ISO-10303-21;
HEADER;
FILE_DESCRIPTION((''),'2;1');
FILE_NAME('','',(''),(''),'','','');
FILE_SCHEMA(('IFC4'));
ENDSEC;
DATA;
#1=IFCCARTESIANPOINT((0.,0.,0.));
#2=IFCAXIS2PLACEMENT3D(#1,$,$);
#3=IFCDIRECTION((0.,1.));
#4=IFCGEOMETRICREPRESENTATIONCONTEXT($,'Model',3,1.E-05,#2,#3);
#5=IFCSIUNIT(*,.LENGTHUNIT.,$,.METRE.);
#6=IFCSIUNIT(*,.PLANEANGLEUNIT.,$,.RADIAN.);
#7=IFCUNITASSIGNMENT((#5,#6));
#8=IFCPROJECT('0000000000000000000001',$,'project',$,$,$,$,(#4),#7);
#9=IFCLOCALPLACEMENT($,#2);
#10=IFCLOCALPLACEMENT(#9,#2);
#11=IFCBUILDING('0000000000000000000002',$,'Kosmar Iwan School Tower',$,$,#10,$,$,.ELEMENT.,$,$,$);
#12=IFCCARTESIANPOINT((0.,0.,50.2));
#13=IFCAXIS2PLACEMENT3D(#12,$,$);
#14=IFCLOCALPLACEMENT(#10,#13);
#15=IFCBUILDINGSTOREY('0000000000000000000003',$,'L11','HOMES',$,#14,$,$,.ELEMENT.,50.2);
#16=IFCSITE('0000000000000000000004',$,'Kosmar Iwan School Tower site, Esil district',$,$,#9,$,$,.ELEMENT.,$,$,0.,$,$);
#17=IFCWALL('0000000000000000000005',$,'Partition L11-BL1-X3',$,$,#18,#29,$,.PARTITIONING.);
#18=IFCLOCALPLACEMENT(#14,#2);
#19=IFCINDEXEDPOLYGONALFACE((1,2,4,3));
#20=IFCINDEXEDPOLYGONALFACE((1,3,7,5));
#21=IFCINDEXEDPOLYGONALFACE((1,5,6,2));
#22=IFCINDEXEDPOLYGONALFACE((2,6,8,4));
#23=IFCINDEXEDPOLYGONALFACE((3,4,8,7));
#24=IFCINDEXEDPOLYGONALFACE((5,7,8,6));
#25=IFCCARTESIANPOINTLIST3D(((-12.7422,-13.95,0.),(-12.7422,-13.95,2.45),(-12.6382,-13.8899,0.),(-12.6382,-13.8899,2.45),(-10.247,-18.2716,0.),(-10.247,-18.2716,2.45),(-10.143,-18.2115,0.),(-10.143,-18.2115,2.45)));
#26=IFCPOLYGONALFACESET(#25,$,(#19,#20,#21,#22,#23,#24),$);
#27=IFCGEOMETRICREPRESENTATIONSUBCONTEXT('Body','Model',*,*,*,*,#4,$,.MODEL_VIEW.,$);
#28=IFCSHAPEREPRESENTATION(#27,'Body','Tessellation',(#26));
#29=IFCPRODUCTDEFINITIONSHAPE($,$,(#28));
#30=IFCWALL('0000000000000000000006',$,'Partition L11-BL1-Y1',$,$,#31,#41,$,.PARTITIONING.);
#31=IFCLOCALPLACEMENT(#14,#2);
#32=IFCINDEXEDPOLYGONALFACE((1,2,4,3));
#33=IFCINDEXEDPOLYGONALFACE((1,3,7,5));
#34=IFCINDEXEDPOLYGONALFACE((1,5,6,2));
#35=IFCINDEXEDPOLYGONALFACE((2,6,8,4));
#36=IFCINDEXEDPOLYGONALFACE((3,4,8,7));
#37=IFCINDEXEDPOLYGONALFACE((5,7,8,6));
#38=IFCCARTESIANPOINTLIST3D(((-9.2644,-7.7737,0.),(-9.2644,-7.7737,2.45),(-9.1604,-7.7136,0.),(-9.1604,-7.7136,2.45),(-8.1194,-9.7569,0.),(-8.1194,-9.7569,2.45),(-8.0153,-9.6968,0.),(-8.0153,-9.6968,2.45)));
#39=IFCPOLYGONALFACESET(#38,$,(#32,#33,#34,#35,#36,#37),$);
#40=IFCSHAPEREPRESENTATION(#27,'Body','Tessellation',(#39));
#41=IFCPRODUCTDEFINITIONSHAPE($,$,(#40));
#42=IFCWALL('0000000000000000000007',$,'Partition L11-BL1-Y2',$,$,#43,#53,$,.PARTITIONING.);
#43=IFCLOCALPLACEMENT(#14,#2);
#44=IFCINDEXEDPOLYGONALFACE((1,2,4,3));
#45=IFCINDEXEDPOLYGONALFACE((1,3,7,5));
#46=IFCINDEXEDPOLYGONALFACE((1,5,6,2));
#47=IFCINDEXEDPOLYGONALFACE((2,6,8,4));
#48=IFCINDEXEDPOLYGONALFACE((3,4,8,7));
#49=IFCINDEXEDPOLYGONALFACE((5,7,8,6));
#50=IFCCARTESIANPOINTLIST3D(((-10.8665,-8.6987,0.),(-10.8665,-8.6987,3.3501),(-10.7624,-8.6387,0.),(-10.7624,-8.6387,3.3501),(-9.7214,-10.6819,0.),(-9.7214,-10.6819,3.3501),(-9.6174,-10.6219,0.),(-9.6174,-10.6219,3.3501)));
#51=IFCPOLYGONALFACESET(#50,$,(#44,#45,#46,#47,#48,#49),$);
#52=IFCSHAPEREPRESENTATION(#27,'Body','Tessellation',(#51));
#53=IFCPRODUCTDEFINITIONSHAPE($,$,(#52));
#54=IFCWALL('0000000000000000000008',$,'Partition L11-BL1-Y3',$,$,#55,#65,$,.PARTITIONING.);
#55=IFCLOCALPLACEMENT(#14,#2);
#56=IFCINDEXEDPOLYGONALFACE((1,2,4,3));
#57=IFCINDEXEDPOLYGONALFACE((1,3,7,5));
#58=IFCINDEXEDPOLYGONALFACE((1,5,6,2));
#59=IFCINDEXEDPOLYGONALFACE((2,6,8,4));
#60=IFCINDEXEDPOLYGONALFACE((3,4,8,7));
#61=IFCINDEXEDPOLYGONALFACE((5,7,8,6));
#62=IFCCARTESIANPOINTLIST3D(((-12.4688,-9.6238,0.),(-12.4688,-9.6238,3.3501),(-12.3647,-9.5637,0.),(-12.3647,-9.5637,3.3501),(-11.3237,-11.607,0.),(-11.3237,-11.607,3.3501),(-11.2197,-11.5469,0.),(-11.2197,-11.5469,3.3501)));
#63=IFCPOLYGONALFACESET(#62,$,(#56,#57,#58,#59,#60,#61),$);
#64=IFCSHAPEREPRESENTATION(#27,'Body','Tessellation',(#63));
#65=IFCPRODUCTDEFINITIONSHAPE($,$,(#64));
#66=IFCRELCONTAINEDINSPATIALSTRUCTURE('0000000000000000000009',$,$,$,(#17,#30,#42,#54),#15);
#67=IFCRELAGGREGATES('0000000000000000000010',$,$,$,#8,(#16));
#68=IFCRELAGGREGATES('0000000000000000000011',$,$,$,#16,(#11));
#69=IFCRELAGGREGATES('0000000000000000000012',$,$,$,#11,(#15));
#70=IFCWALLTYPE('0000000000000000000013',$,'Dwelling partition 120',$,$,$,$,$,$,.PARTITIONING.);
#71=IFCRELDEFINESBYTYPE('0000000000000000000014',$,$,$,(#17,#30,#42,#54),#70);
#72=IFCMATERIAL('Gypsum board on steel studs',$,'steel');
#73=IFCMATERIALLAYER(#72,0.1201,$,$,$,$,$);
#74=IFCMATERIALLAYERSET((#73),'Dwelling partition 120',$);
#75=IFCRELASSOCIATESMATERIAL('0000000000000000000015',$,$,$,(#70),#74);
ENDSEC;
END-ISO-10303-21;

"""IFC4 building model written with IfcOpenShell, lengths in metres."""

from ifc_helpers import new_model, si_unit, direction, frame, frame_2d, origin, place, context, subcontext, project, spatial, rectangle, extrude, material, layer, layer_set, type_object, element, save


model = new_model("IFC4")

# Units and contexts
model_context = context("Model", 3, precision=1e-05, world=origin(), true_north=direction((0.0, 1.0)))
body_context = subcontext(model_context, "Body", "Model", "MODEL_VIEW")
ifc_project = project(units=[si_unit("LENGTHUNIT", "METRE"), si_unit("PLANEANGLEUNIT", "RADIAN")], contexts=[model_context])

# Site, building, storey
site_placement = place(None, origin())
site = spatial("IfcSite", under=ifc_project, at=site_placement, Name="Kosmar Iwan School Tower site, Esil district", CompositionType="ELEMENT", RefElevation=0.0)
building_placement = place(site_placement, origin())
building = spatial("IfcBuilding", under=site, at=building_placement, Name="Kosmar Iwan School Tower", CompositionType="ELEMENT")
storey_placement = place(building_placement, frame((0.0, 0.0, 50.2)))
storey = spatial("IfcBuildingStorey", under=building, at=storey_placement, Name="L11", Description="HOMES", CompositionType="ELEMENT", Elevation=50.2)

# Shared definitions
ifc_material_1 = material(Name="Gypsum board on steel studs", Category="steel")
ifc_layer_1 = layer(ifc_material_1, 0.1201)
ifc_layer_set_1 = layer_set([ifc_layer_1], Name="Dwelling partition 120")
wall_type_1 = type_object("IfcWallType", Name="Dwelling partition 120", PredefinedType="PARTITIONING", material=ifc_layer_set_1)

# Walls
wall_1_placement = place(storey_placement, frame((-12.6902, -13.9199, 0.0), z_axis=(0.0, 0.0, 1.0), x_axis=(0.500012, -0.866019, 0.0)))
element("IfcWall", 1, at=wall_1_placement, inside=storey, type_object=wall_type_1, Name="Partition L11-BL1-X3", PredefinedType="PARTITIONING", context=body_context, shape_type="SweptSolid", body=[
    extrude(rectangle(XDim=4.9902, YDim=0.1201, at=frame_2d((2.4951, 0.0))), origin(), (0.0, 0.0, 1.0), 2.45),
])
wall_2_placement = place(storey_placement, frame((-9.2124, -7.7437, 0.0), z_axis=(0.0, 0.0, 1.0), x_axis=(0.500015, -0.866017, 0.0)))
element("IfcWall", 2, at=wall_2_placement, inside=storey, type_object=wall_type_1, Name="Partition L11-BL1-Y1", PredefinedType="PARTITIONING", context=body_context, shape_type="SweptSolid", body=[
    extrude(rectangle(XDim=2.29, YDim=0.1201, at=frame_2d((1.145, 0.0))), origin(), (0.0, 0.0, 1.0), 2.45),
])
for number, where, z_axis, x_axis, name in (
    (3, (-10.8145, -8.6687, 0.0), (0.0, 0.0, 1.0), (0.500015, -0.866017, 0.0), "Partition L11-BL1-Y2"),
    (4, (-12.4167, -9.5938, 0.0), (0.0, 0.0, 1.0), (0.500015, -0.866017, 0.0), "Partition L11-BL1-Y3"),
):
    element("IfcWall", number, at=place(storey_placement, frame(where, z_axis=z_axis, x_axis=x_axis)), inside=storey, type_object=wall_type_1, Name=name, PredefinedType="PARTITIONING", context=body_context, shape_type="SweptSolid", body=[
        extrude(rectangle(XDim=2.29, YDim=0.1201, at=frame_2d((1.145, 0.0))), origin(), (0.0, 0.0, 1.0), 3.3501),
    ])

save(model, "model.ifc")
